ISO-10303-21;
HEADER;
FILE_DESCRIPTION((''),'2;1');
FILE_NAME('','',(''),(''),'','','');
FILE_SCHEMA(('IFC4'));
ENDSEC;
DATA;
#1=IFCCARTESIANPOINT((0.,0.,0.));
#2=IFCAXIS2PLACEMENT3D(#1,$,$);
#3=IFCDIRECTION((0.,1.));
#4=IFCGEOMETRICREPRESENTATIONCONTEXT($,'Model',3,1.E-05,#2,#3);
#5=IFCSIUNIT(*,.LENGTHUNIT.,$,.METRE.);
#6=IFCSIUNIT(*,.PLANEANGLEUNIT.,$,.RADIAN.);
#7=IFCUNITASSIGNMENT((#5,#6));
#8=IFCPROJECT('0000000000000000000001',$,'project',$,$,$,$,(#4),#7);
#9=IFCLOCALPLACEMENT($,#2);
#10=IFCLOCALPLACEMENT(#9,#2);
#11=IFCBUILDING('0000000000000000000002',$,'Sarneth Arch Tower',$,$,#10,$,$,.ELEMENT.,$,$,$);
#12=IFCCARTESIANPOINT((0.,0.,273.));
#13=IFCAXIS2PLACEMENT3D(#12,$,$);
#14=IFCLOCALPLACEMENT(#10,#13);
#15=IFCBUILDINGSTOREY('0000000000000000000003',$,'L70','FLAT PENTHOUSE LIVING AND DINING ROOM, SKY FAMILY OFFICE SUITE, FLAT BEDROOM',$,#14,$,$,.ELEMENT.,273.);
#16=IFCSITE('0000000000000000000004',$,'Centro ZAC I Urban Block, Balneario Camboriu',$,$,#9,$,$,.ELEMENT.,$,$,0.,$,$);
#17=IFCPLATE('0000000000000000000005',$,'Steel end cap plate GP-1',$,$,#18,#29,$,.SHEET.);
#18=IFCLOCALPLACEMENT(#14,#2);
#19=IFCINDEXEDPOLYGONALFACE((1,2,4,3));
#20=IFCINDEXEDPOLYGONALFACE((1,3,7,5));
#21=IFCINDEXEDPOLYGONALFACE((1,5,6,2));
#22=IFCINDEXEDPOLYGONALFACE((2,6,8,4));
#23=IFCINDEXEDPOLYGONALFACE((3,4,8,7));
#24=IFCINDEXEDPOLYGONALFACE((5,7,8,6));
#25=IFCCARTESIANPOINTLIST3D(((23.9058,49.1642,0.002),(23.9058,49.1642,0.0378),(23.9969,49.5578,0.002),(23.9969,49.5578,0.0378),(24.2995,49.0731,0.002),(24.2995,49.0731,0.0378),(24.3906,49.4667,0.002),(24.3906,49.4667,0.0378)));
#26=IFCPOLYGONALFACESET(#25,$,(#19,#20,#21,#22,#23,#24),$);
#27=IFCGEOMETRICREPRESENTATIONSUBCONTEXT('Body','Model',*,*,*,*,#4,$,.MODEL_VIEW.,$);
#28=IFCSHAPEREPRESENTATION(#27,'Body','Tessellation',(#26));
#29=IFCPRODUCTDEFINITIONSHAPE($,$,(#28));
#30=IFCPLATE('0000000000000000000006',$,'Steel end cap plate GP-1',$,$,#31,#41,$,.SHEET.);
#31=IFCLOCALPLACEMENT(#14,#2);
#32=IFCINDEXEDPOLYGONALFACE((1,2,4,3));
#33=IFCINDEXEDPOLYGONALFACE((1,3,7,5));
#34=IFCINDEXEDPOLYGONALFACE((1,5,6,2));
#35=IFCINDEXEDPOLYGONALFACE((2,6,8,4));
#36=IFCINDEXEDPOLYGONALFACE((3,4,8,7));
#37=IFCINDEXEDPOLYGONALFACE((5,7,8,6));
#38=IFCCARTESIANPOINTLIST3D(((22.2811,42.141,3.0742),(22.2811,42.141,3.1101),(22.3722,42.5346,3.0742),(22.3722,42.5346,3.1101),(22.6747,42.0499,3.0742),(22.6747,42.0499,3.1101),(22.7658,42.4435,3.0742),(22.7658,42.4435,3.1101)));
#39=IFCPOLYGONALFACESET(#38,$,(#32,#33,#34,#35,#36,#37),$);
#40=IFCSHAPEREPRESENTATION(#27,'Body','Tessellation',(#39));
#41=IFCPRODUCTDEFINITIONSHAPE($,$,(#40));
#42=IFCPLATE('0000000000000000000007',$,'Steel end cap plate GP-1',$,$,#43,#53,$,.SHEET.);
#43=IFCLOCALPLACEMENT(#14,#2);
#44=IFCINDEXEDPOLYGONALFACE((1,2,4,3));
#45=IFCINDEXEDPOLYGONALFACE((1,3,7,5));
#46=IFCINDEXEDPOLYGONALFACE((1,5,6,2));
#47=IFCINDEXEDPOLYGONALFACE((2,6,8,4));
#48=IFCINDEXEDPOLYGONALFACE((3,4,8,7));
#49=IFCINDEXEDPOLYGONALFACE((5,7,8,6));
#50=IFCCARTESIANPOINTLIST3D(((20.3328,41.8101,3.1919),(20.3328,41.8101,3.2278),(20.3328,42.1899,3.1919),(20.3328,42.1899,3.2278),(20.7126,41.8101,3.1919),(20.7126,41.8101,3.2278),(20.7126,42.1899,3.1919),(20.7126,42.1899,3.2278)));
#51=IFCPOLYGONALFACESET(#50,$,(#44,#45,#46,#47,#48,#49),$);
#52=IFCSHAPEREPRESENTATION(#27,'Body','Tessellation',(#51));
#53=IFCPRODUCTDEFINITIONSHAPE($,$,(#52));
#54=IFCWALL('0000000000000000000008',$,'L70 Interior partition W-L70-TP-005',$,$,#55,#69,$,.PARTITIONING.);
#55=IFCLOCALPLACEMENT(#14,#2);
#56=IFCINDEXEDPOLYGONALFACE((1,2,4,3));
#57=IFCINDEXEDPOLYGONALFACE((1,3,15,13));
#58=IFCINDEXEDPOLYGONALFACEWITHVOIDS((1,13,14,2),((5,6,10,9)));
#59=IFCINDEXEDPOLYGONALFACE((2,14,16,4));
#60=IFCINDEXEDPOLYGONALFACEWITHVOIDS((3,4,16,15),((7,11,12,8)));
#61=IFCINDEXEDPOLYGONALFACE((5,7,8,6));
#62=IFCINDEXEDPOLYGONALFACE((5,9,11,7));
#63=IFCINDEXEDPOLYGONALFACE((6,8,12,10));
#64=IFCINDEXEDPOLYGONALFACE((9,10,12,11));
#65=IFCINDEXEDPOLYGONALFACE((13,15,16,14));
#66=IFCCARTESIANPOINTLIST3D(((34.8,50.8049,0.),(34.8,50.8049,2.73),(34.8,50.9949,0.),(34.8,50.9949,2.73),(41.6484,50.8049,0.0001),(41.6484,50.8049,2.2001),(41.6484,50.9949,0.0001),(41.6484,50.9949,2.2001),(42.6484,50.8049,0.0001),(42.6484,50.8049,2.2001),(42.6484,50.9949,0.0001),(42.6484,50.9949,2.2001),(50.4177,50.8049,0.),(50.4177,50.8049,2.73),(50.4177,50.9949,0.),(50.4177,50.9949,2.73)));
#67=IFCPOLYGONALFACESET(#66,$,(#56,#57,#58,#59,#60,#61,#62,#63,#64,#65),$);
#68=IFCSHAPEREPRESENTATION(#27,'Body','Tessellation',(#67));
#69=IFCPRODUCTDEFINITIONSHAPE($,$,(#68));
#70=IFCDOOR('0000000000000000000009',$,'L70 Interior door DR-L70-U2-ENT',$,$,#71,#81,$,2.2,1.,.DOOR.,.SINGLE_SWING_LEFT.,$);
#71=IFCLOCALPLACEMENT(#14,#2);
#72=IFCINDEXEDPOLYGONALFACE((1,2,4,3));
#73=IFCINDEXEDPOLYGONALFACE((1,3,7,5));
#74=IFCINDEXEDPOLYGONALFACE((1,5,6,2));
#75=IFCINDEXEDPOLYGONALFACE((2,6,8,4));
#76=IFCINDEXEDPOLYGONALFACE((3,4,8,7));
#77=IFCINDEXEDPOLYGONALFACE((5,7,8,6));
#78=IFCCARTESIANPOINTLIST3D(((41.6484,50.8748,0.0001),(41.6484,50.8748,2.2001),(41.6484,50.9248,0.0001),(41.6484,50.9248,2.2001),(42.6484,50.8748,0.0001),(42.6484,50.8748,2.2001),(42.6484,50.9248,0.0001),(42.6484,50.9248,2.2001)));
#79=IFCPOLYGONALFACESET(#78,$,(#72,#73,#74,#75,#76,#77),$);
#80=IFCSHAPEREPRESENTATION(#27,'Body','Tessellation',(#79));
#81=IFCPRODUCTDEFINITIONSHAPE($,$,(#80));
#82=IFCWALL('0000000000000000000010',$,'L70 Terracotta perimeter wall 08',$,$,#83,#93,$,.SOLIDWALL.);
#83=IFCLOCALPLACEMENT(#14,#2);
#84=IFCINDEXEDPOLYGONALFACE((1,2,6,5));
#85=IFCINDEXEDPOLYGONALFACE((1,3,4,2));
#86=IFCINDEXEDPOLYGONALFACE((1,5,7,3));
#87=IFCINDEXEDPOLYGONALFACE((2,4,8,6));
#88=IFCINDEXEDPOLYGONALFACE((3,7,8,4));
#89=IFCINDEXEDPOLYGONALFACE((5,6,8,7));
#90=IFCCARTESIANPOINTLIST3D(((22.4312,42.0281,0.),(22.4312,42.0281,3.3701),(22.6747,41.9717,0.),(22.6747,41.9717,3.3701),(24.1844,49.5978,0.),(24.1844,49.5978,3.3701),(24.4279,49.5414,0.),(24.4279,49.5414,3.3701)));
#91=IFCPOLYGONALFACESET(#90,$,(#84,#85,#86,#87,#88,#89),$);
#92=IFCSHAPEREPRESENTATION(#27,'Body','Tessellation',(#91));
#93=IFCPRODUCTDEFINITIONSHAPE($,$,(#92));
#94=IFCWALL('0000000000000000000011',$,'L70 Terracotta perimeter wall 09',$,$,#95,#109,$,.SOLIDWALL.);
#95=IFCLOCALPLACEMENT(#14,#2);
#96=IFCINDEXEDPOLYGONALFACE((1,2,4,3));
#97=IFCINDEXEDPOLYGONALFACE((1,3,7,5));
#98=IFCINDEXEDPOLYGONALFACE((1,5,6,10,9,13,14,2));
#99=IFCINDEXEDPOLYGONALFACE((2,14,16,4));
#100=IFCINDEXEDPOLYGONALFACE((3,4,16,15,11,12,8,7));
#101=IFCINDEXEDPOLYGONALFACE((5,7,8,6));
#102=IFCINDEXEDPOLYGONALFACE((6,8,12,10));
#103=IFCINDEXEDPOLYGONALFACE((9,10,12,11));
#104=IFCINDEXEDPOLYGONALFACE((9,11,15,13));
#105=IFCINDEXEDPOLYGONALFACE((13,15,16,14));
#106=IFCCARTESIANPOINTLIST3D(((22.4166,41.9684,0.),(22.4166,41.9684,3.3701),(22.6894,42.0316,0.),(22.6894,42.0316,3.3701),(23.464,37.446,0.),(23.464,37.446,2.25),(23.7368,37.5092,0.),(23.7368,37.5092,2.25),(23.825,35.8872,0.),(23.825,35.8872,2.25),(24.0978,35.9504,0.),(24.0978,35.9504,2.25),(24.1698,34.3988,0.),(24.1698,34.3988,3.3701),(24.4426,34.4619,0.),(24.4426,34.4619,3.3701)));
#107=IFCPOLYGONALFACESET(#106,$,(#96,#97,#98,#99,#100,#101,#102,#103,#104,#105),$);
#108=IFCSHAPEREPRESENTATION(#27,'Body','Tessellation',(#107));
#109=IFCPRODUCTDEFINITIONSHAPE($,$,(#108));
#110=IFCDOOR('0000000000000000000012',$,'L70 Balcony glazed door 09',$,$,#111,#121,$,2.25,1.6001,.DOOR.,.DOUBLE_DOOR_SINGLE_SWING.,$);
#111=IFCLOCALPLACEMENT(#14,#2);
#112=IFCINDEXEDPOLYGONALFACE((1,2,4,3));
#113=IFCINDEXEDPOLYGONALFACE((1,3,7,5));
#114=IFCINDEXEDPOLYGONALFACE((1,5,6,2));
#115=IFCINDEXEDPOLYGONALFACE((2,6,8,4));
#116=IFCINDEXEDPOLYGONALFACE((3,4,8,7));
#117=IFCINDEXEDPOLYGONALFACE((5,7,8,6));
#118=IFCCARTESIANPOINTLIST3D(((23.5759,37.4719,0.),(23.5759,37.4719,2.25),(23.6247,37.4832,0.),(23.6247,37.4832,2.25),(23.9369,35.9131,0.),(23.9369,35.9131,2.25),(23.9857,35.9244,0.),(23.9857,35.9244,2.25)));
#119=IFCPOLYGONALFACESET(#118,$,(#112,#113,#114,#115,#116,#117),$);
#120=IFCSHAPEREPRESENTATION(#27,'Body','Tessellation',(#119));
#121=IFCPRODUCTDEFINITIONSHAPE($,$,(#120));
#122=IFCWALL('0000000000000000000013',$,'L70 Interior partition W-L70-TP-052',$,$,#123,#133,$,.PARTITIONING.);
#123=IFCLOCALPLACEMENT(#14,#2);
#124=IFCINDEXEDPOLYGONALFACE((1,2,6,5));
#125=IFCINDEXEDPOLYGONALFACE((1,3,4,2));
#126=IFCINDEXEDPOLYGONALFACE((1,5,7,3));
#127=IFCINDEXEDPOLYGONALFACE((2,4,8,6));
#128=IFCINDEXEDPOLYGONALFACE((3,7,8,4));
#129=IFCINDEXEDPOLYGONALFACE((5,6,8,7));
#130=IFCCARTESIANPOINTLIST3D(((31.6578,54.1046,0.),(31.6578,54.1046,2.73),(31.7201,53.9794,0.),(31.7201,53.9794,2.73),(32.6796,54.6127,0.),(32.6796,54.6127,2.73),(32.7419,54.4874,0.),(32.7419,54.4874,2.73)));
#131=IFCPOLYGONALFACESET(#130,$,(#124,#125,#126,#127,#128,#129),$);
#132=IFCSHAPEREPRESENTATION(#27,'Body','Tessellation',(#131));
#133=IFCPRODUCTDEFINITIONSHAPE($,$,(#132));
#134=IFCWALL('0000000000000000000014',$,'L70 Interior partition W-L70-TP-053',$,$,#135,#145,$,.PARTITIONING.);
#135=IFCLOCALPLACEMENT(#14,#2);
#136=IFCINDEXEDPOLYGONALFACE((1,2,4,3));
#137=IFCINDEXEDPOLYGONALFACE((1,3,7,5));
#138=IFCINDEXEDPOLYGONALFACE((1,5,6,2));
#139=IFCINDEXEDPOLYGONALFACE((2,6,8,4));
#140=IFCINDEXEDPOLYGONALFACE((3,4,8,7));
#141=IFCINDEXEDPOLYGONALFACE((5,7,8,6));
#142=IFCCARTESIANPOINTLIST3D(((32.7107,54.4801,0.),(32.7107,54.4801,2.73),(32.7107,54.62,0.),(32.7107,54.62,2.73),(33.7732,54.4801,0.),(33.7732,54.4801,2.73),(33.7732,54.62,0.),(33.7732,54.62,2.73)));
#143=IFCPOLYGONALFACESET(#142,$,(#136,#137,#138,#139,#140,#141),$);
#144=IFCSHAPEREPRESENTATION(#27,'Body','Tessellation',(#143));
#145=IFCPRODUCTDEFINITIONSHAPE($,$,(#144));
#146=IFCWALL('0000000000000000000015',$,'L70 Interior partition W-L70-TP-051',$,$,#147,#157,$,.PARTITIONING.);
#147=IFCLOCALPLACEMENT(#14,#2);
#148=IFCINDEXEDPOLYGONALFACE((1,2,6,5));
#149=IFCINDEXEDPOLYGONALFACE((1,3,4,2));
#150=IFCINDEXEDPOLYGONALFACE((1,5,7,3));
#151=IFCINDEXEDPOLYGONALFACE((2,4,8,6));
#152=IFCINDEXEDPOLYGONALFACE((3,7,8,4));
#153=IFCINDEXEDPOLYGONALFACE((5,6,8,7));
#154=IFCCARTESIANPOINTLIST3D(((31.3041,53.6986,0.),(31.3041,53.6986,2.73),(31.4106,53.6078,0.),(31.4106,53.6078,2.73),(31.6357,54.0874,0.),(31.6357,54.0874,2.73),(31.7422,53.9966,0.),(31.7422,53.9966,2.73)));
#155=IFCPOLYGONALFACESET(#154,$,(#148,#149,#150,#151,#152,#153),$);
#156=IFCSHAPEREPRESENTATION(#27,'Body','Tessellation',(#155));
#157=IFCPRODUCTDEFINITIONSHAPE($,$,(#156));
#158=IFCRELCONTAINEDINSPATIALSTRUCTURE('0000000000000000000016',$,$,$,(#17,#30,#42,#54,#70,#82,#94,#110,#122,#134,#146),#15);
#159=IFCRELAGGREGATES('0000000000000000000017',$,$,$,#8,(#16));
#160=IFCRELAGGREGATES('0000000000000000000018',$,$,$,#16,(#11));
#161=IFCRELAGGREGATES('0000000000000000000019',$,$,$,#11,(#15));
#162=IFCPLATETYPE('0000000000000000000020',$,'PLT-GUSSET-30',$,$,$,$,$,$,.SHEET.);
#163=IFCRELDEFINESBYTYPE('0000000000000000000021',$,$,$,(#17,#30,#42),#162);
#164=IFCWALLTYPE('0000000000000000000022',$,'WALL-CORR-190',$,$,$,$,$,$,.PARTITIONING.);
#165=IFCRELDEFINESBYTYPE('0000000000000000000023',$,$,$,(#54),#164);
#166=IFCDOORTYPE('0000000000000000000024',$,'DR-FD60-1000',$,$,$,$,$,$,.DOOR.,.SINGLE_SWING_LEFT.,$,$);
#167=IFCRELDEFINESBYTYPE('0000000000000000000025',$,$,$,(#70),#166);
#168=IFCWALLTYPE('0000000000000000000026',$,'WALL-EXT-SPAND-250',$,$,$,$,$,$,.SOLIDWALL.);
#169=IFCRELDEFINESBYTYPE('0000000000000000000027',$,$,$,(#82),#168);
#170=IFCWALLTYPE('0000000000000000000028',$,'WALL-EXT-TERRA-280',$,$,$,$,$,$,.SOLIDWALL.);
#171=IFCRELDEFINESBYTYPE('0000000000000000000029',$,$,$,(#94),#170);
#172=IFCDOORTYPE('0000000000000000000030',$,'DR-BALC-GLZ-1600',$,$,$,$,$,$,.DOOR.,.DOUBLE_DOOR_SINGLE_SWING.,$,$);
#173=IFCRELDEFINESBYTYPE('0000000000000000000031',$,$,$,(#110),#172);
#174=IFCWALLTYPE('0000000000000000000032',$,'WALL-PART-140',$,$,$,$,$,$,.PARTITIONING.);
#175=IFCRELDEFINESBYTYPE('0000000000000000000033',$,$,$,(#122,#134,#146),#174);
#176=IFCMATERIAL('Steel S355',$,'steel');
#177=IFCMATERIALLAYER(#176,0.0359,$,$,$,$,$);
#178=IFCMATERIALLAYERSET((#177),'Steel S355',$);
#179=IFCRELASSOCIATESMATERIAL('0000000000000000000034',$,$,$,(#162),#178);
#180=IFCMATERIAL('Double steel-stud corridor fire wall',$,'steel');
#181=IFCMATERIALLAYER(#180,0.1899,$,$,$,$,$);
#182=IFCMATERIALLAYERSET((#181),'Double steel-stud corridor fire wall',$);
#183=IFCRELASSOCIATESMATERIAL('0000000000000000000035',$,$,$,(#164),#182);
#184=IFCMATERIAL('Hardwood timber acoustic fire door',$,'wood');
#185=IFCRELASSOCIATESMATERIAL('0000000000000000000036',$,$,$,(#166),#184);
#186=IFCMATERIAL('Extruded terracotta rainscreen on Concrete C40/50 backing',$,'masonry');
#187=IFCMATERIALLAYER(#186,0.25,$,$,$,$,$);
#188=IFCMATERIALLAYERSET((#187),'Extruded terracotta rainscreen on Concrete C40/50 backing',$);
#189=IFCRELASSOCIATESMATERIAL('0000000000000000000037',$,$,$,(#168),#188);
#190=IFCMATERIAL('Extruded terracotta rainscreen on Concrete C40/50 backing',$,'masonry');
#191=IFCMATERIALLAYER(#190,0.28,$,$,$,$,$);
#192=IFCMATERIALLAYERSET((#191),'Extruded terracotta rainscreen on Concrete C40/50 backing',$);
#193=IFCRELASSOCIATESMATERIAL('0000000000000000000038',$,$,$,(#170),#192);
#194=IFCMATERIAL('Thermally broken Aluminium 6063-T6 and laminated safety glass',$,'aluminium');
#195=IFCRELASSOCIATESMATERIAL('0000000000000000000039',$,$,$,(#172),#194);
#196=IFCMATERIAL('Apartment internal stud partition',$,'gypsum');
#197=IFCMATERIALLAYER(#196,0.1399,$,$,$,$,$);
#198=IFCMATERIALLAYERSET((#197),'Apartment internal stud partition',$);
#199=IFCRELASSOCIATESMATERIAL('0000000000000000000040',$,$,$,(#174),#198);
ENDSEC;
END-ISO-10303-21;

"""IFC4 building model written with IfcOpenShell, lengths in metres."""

from ifc_helpers import new_model, si_unit, direction, frame, frame_2d, origin, origin_2d, place, context, subcontext, project, spatial, rectangle, extrude, material, layer, layer_set, type_object, element, fill, save


model = new_model("IFC4")

# Units and contexts
model_context = context("Model", 3, precision=1e-05, world=origin(), true_north=direction((0.0, 1.0)))
body_context = subcontext(model_context, "Body", "Model", "MODEL_VIEW")
ifc_project = project(units=[si_unit("LENGTHUNIT", "METRE"), si_unit("PLANEANGLEUNIT", "RADIAN")], contexts=[model_context])

# Site, building, storey
site_placement = place(None, origin())
site = spatial("IfcSite", under=ifc_project, at=site_placement, Name="Centro ZAC I Urban Block, Balneario Camboriu", CompositionType="ELEMENT", RefElevation=0.0)
building_placement = place(site_placement, origin())
building = spatial("IfcBuilding", under=site, at=building_placement, Name="Sarneth Arch Tower", CompositionType="ELEMENT")
storey_placement = place(building_placement, frame((0.0, 0.0, 273.0)))
storey = spatial("IfcBuildingStorey", under=building, at=storey_placement, Name="L70", Description="FLAT PENTHOUSE LIVING AND DINING ROOM, SKY FAMILY OFFICE SUITE, FLAT BEDROOM", CompositionType="ELEMENT", Elevation=273.0)

# Plates
ifc_material_1 = material(Name="Steel S355", Category="steel")
ifc_layer_1 = layer(ifc_material_1, 0.0359)
ifc_layer_set_1 = layer_set([ifc_layer_1], Name="Steel S355")
plate_type = type_object("IfcPlateType", Name="PLT-GUSSET-30", PredefinedType="SHEET", material=ifc_layer_set_1)
for number, where, z_axis, x_axis, name in (
    (1, (24.1482, 49.3154, 0.002), (0.0, 0.0, 1.0), (-0.225461, -0.974252, 0.0), "Steel end cap plate GP-1"),
    (2, (22.5234, 42.2922, 3.0742), (0.0, 0.0, 1.0), (-0.225461, -0.974252, 0.0), "Steel end cap plate GP-1"),
):
    element("IfcPlate", number, at=place(storey_placement, frame(where, z_axis=z_axis, x_axis=x_axis)), inside=storey, type_object=plate_type, Name=name, PredefinedType="SHEET", context=body_context, shape_type="SweptSolid", body=[
        extrude(rectangle(XDim=0.4041, YDim=0.4041, at=origin_2d()), origin(), (0.0, 0.0, 1.0), 0.0359),
    ])
plate_placement = place(storey_placement, frame((20.5227, 42.0, 3.1919), z_axis=(0.0, 0.0, 1.0), x_axis=(-1.0, 0.0, 0.0)))
element("IfcPlate", 3, at=plate_placement, inside=storey, type_object=plate_type, Name="Steel end cap plate GP-1", PredefinedType="SHEET", context=body_context, shape_type="SweptSolid", body=[
    extrude(rectangle(XDim=0.3799, YDim=0.3799, at=origin_2d()), origin(), (0.0, 0.0, 1.0), 0.0359),
])

# Wall, opening, door
ifc_material_2 = material(Name="Double steel-stud corridor fire wall", Category="steel")
ifc_layer_2 = layer(ifc_material_2, 0.1899)
ifc_layer_set_2 = layer_set([ifc_layer_2], Name="Double steel-stud corridor fire wall")
wall_type_1 = type_object("IfcWallType", Name="WALL-CORR-190", PredefinedType="PARTITIONING", material=ifc_layer_set_2)
wall_1_placement = place(storey_placement, frame((34.8, 50.8999, 0.0), z_axis=(0.0, 0.0, 1.0), x_axis=(1.0, 0.0, 0.0)))
wall_1 = element("IfcWall", 4, at=wall_1_placement, inside=storey, type_object=wall_type_1, Name="L70 Interior partition W-L70-TP-005", PredefinedType="PARTITIONING", context=body_context, shape_type="SweptSolid", body=[
    extrude(rectangle(XDim=15.6177, YDim=0.1899, at=frame_2d((7.8088, 0.0))), origin(), (0.0, 0.0, 1.0), 2.73),
])
opening_1_placement = place(wall_1_placement, frame((6.8484, 0.0, 0.0)))
opening_1 = element("IfcOpeningElement", 5, at=opening_1_placement, cuts=wall_1, PredefinedType="OPENING", context=body_context, shape_type="SweptSolid", body=[
    extrude(rectangle(XDim=1.0, YDim=2.2, at=frame_2d((0.5, 1.1001))), frame((0.0, 0.105, 0.0), z_axis=(0.0, -1.0, 0.0), x_axis=(1.0, 0.0, 0.0)), (0.0, 0.0, 1.0), 0.21),
])
ifc_material_3 = material(Name="Hardwood timber acoustic fire door", Category="wood")
door_type_1 = type_object("IfcDoorType", Name="DR-FD60-1000", OperationType="SINGLE_SWING_LEFT", PredefinedType="DOOR", material=ifc_material_3)
door_1_placement = place(opening_1_placement, origin())
door_1 = element("IfcDoor", 6, at=door_1_placement, inside=storey, type_object=door_type_1, Name="L70 Interior door DR-L70-U2-ENT", OperationType="SINGLE_SWING_LEFT", OverallHeight=2.2, OverallWidth=1.0, PredefinedType="DOOR", context=body_context, shape_type="SweptSolid", body=[
    extrude(rectangle(XDim=1.0, YDim=2.2, at=frame_2d((0.5, 1.1001))), frame((0.0, 0.0249, 0.0), z_axis=(0.0, -1.0, 0.0), x_axis=(1.0, 0.0, 0.0)), (0.0, 0.0, 1.0), 0.05),
])
fill(opening_1, door_1)

# Wall
ifc_material_4 = material(Name="Extruded terracotta rainscreen on Concrete C40/50 backing", Category="masonry")
ifc_layer_3 = layer(ifc_material_4, 0.25)
ifc_layer_set_3 = layer_set([ifc_layer_3], Name="Extruded terracotta rainscreen on Concrete C40/50 backing")
wall_type_2 = type_object("IfcWallType", Name="WALL-EXT-SPAND-250", PredefinedType="SOLIDWALL", material=ifc_layer_set_3)
wall_2_placement = place(storey_placement, frame((24.3062, 49.5696, 0.0), z_axis=(0.0, 0.0, 1.0), x_axis=(-0.225635, -0.974212, 0.0)))
element("IfcWall", 7, at=wall_2_placement, inside=storey, type_object=wall_type_2, Name="L70 Terracotta perimeter wall 08", PredefinedType="SOLIDWALL", context=body_context, shape_type="SweptSolid", body=[
    extrude(rectangle(XDim=7.77, YDim=0.25, at=frame_2d((3.885, 0.0))), origin(), (0.0, 0.0, 1.0), 3.3701),
])

# Wall, opening, door
ifc_material_5 = material(Name="Extruded terracotta rainscreen on Concrete C40/50 backing", Category="masonry")
ifc_layer_4 = layer(ifc_material_5, 0.28)
ifc_layer_set_4 = layer_set([ifc_layer_4], Name="Extruded terracotta rainscreen on Concrete C40/50 backing")
wall_type_3 = type_object("IfcWallType", Name="WALL-EXT-TERRA-280", PredefinedType="SOLIDWALL", material=ifc_layer_set_4)
wall_3_placement = place(storey_placement, frame((22.553, 42.0, 0.0), z_axis=(0.0, 0.0, 1.0), x_axis=(0.225635, -0.974212, 0.0)))
wall_3 = element("IfcWall", 8, at=wall_3_placement, inside=storey, type_object=wall_type_3, Name="L70 Terracotta perimeter wall 09", PredefinedType="SOLIDWALL", context=body_context, shape_type="SweptSolid", body=[
    extrude(rectangle(XDim=7.77, YDim=0.28, at=frame_2d((3.885, 0.0))), origin(), (0.0, 0.0, 1.0), 3.3701),
])
opening_2_placement = place(wall_3_placement, frame((4.6421, 0.0, 0.0)))
opening_2 = element("IfcOpeningElement", 9, at=opening_2_placement, cuts=wall_3, PredefinedType="OPENING", context=body_context, shape_type="SweptSolid", body=[
    extrude(rectangle(XDim=1.6001, YDim=2.25, at=frame_2d((0.8, 1.125))), frame((0.0, 0.1499, 0.0), z_axis=(0.0, -1.0, 0.0), x_axis=(1.0, 0.0, 0.0)), (0.0, 0.0, 1.0), 0.3),
])
ifc_material_6 = material(Name="Thermally broken Aluminium 6063-T6 and laminated safety glass", Category="aluminium")
door_type_2 = type_object("IfcDoorType", Name="DR-BALC-GLZ-1600", OperationType="DOUBLE_DOOR_SINGLE_SWING", PredefinedType="DOOR", material=ifc_material_6)
door_2_placement = place(opening_2_placement, origin())
door_2 = element("IfcDoor", 10, at=door_2_placement, inside=storey, type_object=door_type_2, Name="L70 Balcony glazed door 09", OperationType="DOUBLE_DOOR_SINGLE_SWING", OverallHeight=2.25, OverallWidth=1.6001, PredefinedType="DOOR", context=body_context, shape_type="SweptSolid", body=[
    extrude(rectangle(XDim=1.6001, YDim=2.25, at=frame_2d((0.8, 1.125))), frame((0.0, 0.0249, 0.0), z_axis=(0.0, -1.0, 0.0), x_axis=(1.0, 0.0, 0.0)), (0.0, 0.0, 1.0), 0.05),
])
fill(opening_2, door_2)

# Walls
ifc_material_7 = material(Name="Apartment internal stud partition", Category="gypsum")
ifc_layer_5 = layer(ifc_material_7, 0.1399)
ifc_layer_set_5 = layer_set([ifc_layer_5], Name="Apartment internal stud partition")
wall_type_4 = type_object("IfcWallType", Name="WALL-PART-140", PredefinedType="PARTITIONING", material=ifc_layer_set_5)
wall_4_placement = place(storey_placement, frame((31.689, 54.042, 0.0), z_axis=(0.0, 0.0, 1.0), x_axis=(0.895409, 0.445244, 0.0)))
element("IfcWall", 11, at=wall_4_placement, inside=storey, type_object=wall_type_4, Name="L70 Interior partition W-L70-TP-052", PredefinedType="PARTITIONING", context=body_context, shape_type="SweptSolid", body=[
    extrude(rectangle(XDim=1.1411, YDim=0.1399, at=frame_2d((0.5706, 0.0))), origin(), (0.0, 0.0, 1.0), 2.73),
])
wall_5_placement = place(storey_placement, frame((32.7107, 54.55, 0.0), z_axis=(0.0, 0.0, 1.0), x_axis=(1.0, 0.0, 0.0)))
element("IfcWall", 12, at=wall_5_placement, inside=storey, type_object=wall_type_4, Name="L70 Interior partition W-L70-TP-053", PredefinedType="PARTITIONING", context=body_context, shape_type="SweptSolid", body=[
    extrude(rectangle(XDim=1.0625, YDim=0.1399, at=frame_2d((0.5312, 0.0))), origin(), (0.0, 0.0, 1.0), 2.73),
])
wall_6_placement = place(storey_placement, frame((31.3574, 53.6533, 0.0), z_axis=(0.0, 0.0, 1.0), x_axis=(0.648979, 0.760806, 0.0)))
element("IfcWall", 13, at=wall_6_placement, inside=storey, type_object=wall_type_4, Name="L70 Interior partition W-L70-TP-051", PredefinedType="PARTITIONING", context=body_context, shape_type="SweptSolid", body=[
    extrude(rectangle(XDim=0.511, YDim=0.1399, at=frame_2d((0.2554, 0.0))), origin(), (0.0, 0.0, 1.0), 2.73),
])

save(model, "model.ifc")
